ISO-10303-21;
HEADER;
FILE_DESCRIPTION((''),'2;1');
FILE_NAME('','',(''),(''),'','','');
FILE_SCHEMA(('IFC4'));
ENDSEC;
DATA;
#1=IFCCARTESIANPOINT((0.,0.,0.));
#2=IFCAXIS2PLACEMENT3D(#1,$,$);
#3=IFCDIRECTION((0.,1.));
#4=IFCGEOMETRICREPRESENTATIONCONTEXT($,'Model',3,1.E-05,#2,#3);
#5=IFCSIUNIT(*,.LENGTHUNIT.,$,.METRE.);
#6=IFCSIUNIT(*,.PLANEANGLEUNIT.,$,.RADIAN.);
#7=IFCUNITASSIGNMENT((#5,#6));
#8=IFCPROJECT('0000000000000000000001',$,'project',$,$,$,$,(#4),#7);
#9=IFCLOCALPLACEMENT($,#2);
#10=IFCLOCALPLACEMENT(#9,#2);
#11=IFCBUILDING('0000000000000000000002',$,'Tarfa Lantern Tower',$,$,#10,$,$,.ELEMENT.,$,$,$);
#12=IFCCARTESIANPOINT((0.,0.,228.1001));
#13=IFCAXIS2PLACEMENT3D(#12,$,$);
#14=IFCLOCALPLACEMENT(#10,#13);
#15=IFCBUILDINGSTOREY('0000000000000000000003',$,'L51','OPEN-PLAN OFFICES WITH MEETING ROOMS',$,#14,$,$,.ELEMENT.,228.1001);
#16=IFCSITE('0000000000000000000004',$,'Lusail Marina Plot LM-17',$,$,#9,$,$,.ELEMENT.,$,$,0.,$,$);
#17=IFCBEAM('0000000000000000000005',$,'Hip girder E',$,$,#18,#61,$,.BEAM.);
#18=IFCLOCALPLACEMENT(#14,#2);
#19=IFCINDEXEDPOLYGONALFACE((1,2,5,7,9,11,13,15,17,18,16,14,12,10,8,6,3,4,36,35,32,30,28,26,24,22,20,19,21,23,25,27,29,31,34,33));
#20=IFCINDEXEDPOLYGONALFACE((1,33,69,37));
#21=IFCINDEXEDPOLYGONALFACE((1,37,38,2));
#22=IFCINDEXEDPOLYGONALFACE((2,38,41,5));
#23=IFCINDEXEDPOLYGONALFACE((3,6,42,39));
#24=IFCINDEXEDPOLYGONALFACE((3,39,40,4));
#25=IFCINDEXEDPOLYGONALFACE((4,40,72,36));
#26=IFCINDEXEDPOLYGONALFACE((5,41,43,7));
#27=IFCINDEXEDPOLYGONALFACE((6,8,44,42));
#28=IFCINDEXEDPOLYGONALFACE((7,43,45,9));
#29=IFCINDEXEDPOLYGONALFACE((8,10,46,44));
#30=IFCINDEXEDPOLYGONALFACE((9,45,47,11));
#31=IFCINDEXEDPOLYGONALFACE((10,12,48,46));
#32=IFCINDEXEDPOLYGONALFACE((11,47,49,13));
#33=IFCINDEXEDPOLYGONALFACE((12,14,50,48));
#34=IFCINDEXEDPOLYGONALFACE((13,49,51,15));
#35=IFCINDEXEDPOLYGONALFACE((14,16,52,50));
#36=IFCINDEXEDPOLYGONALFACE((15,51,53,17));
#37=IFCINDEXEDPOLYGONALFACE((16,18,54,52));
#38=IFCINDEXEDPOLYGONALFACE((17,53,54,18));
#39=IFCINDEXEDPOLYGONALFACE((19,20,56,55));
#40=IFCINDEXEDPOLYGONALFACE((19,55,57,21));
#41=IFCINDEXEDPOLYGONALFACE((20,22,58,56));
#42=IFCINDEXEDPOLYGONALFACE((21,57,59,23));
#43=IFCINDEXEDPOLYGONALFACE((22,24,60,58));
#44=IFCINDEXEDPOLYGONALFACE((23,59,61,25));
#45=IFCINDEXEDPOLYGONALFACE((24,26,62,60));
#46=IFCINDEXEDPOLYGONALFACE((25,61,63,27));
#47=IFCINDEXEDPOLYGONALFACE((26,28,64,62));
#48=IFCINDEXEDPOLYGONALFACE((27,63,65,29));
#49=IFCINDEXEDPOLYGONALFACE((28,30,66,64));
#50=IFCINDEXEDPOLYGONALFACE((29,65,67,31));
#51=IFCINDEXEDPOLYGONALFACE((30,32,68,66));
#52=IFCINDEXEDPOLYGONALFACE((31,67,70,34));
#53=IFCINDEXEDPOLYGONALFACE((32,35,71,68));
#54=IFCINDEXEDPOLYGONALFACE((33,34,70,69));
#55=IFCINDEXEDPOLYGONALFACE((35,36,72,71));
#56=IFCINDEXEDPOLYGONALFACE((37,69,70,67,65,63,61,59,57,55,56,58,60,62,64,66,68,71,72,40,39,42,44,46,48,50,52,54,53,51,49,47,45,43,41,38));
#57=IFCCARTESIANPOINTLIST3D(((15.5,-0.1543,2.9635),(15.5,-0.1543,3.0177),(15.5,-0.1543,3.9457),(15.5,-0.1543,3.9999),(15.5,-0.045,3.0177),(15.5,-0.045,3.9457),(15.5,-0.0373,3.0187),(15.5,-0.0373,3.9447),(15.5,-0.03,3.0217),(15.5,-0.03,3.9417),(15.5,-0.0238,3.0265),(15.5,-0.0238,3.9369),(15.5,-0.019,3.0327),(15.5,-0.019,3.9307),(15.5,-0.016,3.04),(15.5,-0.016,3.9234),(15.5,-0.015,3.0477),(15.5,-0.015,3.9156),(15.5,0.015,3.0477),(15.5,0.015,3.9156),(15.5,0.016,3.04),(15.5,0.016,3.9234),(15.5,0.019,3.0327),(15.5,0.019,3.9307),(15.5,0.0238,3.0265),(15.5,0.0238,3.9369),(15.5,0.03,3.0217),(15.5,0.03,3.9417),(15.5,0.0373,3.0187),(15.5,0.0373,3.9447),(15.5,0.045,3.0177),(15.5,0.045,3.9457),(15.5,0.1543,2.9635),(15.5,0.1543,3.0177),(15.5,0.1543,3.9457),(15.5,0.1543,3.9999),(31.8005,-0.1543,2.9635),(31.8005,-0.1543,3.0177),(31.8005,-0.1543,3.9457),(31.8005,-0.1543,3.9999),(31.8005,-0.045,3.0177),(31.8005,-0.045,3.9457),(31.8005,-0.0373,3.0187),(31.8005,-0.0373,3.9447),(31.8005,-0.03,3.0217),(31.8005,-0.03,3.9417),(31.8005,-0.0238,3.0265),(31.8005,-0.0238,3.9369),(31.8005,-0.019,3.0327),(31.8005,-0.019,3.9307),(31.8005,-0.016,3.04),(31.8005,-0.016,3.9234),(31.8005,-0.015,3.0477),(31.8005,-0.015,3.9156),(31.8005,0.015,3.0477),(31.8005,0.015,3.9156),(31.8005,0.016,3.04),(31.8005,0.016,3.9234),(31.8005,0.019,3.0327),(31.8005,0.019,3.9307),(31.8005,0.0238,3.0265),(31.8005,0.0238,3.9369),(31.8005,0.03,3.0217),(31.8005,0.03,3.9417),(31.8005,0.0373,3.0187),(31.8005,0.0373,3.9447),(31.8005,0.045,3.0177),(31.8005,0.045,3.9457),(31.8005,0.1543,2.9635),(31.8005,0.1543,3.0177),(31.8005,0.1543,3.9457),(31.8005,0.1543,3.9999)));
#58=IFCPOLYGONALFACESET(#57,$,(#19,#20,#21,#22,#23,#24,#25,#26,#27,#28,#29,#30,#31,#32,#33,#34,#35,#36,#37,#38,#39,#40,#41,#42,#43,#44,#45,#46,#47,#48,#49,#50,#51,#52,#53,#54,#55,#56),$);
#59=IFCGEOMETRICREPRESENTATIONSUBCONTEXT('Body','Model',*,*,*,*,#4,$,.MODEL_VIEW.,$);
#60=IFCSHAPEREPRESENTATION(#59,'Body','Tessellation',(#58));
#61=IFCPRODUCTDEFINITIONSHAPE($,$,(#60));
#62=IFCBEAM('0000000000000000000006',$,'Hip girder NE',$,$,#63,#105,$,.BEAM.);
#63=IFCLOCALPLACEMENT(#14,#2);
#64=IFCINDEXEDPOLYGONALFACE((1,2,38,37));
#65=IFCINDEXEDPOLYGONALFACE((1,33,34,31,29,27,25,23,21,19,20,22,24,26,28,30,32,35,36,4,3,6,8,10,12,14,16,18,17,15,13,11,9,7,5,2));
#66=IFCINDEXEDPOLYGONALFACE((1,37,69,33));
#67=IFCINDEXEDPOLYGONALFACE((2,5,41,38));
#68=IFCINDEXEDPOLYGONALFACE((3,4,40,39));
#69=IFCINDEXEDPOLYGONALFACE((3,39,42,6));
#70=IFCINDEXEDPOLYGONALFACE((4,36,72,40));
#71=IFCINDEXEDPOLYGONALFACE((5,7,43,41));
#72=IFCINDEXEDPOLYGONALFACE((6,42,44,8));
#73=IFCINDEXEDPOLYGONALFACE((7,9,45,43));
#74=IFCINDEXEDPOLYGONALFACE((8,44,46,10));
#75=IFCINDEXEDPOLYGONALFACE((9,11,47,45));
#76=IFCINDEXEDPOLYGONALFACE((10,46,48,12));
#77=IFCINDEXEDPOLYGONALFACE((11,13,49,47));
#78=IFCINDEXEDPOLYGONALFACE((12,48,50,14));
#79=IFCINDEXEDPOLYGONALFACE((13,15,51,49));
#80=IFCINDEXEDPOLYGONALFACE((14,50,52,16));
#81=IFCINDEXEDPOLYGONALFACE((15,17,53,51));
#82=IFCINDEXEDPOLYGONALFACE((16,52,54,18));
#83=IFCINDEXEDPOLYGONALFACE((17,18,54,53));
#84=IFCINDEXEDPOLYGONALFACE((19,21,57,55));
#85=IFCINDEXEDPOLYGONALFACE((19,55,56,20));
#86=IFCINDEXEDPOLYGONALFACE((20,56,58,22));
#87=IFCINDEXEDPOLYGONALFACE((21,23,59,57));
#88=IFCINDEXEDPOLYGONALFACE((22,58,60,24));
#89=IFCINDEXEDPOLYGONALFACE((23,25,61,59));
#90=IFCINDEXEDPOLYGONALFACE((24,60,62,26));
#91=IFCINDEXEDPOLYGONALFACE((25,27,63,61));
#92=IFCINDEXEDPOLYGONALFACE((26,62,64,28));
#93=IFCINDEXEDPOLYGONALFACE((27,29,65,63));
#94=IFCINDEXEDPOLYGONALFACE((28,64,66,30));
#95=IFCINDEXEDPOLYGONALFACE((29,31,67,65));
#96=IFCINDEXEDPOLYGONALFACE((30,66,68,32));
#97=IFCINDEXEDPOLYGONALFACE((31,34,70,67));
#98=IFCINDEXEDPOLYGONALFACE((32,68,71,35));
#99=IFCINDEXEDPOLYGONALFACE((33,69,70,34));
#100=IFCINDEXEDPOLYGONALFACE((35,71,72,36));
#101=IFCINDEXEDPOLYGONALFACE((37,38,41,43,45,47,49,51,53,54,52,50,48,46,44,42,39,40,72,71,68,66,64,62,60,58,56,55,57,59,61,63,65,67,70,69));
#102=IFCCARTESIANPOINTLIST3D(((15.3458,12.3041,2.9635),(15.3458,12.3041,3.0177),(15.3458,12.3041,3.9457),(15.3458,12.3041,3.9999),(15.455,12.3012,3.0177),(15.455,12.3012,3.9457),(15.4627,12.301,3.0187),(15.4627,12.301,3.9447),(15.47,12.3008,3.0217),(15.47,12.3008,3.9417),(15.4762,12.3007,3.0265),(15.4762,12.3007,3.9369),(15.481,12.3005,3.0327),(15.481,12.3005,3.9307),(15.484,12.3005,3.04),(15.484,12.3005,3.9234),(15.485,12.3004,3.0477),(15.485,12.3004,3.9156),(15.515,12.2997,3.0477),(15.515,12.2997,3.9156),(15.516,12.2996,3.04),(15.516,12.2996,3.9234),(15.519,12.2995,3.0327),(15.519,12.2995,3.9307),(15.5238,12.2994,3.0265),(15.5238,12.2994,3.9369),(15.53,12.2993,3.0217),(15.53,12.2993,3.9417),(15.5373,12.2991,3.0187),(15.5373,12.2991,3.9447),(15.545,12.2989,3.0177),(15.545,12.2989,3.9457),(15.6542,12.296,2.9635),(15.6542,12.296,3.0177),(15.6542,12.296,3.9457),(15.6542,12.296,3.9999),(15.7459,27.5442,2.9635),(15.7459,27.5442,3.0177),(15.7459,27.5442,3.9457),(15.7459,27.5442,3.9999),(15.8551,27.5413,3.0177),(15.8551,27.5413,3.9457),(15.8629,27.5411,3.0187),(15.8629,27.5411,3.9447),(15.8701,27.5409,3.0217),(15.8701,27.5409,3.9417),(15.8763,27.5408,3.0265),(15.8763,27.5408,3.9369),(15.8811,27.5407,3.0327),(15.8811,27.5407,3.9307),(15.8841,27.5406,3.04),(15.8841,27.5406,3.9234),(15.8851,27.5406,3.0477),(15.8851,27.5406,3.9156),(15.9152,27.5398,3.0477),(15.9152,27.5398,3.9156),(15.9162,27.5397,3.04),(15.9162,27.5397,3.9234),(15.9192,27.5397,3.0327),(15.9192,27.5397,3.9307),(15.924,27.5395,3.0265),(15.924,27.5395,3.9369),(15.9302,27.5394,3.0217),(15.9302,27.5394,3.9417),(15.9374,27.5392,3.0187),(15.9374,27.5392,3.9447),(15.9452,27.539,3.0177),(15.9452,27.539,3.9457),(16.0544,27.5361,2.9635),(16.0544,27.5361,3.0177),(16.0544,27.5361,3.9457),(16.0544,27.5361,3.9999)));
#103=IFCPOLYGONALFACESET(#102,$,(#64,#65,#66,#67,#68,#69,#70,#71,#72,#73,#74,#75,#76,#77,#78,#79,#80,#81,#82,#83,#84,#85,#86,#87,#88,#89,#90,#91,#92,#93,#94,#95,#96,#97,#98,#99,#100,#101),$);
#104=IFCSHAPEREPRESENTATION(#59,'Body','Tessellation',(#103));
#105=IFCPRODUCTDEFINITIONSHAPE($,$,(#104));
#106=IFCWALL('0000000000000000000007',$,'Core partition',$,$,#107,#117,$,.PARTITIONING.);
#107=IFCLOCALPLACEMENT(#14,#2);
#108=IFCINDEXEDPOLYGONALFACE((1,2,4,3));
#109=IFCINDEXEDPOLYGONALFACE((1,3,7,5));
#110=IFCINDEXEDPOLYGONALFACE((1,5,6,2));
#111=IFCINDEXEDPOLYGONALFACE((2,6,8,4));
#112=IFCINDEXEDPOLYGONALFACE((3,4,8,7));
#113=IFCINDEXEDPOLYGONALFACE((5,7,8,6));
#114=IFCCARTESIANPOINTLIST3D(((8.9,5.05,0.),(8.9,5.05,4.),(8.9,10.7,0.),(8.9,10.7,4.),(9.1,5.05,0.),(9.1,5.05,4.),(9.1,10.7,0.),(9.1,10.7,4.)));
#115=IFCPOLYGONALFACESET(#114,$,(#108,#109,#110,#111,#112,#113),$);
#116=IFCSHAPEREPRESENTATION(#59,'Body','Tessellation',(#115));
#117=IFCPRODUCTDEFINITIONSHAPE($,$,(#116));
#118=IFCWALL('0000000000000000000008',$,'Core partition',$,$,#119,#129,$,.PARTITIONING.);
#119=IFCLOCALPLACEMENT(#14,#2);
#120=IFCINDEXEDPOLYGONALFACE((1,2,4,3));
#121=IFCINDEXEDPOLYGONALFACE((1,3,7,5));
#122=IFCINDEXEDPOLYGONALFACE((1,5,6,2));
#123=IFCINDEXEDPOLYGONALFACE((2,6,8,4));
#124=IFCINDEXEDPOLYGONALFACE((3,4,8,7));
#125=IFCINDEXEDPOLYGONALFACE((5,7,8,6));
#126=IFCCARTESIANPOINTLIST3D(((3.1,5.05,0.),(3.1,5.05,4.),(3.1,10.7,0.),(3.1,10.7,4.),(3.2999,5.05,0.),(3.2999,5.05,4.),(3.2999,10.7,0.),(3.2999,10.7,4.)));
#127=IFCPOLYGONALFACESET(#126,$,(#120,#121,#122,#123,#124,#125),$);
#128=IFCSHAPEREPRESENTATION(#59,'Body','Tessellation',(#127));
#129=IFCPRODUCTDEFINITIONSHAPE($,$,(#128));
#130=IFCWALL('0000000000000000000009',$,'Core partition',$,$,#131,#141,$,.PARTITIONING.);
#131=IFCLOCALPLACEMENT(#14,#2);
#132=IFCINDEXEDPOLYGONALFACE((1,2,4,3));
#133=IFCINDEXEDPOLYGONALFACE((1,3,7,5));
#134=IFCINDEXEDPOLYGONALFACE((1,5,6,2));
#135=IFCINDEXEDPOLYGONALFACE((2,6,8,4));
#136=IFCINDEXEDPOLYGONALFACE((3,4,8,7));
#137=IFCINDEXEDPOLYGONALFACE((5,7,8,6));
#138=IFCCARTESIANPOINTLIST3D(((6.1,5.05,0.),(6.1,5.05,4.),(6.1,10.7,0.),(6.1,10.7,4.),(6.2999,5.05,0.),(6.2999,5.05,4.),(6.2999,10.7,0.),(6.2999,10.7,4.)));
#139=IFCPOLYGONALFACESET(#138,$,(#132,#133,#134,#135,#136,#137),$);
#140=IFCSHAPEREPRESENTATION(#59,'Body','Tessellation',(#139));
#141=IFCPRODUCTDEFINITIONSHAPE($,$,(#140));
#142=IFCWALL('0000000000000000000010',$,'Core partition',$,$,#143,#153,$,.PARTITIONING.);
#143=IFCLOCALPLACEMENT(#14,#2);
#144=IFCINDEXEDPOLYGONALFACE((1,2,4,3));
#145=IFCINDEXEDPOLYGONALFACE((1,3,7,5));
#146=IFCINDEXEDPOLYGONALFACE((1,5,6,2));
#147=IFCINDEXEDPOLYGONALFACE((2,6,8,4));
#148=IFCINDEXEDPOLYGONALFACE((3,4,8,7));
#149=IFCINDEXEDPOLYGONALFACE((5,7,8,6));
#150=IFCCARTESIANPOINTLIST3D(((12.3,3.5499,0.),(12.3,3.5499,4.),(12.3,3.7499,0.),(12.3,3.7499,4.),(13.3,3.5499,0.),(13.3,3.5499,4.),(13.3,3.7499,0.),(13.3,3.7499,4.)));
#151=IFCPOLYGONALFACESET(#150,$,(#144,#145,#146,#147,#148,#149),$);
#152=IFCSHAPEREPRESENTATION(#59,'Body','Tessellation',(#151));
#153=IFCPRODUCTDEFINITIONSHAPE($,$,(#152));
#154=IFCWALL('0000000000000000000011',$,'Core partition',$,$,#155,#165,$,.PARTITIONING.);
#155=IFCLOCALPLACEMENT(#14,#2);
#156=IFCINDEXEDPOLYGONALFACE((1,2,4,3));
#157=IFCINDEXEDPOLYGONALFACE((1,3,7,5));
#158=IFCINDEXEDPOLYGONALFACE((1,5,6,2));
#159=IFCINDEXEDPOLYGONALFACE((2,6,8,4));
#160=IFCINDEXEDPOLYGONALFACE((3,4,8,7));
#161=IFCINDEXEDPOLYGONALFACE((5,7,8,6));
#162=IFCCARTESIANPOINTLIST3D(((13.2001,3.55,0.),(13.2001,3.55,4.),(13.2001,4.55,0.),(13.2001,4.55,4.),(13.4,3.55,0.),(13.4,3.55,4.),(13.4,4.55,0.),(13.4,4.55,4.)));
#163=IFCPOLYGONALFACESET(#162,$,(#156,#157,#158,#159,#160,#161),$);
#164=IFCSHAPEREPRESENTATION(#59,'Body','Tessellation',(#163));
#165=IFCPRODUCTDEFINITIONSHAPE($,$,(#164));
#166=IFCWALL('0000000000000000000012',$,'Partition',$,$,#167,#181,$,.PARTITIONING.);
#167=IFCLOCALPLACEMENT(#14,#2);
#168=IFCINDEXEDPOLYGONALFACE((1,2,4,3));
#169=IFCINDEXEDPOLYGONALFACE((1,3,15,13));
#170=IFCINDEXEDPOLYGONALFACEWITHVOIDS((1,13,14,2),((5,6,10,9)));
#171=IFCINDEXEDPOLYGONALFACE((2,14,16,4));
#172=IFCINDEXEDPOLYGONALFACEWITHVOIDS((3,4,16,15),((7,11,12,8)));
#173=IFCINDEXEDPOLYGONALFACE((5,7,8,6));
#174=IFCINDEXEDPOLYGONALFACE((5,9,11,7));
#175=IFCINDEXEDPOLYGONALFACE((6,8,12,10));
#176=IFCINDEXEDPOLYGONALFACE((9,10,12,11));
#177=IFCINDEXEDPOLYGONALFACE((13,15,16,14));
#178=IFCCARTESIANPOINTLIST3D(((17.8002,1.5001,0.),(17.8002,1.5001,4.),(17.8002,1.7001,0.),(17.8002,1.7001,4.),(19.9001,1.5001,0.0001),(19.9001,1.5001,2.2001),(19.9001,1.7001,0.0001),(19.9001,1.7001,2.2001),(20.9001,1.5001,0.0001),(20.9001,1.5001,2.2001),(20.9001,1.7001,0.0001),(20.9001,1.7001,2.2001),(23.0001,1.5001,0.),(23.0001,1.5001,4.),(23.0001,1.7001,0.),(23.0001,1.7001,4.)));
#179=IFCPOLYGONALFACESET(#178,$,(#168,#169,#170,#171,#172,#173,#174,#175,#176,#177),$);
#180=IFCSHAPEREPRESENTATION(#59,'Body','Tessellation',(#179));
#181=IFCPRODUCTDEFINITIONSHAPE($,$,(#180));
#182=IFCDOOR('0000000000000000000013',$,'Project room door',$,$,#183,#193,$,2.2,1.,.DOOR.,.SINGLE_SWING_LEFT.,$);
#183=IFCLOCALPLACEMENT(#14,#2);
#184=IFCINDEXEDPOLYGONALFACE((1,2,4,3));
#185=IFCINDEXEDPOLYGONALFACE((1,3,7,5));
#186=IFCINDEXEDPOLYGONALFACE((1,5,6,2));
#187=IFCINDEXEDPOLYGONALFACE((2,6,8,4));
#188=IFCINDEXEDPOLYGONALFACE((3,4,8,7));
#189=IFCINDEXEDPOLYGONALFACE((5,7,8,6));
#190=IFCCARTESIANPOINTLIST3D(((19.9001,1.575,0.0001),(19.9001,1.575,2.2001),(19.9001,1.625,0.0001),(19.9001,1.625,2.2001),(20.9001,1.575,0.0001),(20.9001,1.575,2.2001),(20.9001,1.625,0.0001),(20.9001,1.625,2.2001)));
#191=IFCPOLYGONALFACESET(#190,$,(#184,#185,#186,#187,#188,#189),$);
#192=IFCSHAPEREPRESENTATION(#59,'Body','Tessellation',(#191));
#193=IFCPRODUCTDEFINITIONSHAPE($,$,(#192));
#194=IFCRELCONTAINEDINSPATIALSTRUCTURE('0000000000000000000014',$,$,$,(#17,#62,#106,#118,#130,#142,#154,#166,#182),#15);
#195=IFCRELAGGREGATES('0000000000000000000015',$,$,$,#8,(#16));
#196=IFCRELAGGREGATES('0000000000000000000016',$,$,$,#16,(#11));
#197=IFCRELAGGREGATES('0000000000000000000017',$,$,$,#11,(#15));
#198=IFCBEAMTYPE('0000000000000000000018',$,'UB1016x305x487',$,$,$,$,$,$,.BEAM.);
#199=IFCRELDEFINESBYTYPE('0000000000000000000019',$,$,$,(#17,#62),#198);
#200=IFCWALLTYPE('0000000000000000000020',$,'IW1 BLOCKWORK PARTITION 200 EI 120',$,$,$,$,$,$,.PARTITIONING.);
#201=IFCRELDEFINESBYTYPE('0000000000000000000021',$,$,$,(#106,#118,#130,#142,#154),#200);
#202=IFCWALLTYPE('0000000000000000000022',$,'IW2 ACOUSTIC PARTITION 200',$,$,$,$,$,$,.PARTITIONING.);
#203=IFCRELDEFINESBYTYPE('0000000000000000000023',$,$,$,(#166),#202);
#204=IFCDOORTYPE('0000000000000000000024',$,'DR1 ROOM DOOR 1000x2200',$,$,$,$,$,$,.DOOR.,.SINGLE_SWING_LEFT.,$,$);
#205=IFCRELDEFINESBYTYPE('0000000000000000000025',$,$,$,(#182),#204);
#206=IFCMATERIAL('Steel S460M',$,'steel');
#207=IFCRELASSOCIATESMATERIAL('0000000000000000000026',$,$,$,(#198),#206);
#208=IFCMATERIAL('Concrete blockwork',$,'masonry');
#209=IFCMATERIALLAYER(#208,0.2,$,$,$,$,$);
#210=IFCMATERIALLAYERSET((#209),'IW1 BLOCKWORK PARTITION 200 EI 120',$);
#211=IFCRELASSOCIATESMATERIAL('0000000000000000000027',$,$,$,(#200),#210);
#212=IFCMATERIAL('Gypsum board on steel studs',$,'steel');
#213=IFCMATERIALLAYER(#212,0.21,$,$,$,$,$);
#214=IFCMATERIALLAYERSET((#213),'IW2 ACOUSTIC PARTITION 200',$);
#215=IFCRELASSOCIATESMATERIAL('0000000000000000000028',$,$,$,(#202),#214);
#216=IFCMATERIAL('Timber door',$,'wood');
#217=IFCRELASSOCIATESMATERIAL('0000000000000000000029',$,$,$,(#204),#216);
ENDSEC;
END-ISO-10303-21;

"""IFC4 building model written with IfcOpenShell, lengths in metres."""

from ifc_helpers import new_model, si_unit, direction, frame, frame_2d, origin, origin_2d, place, context, subcontext, project, spatial, rectangle, i_section, extrude, material, layer, layer_set, material_profile, profile_set, type_object, element, fill, save


model = new_model("IFC4")

# Units and contexts
model_context = context("Model", 3, precision=1e-05, world=origin(), true_north=direction((0.0, 1.0)))
body_context = subcontext(model_context, "Body", "Model", "MODEL_VIEW")
ifc_project = project(units=[si_unit("LENGTHUNIT", "METRE"), si_unit("PLANEANGLEUNIT", "RADIAN")], contexts=[model_context])

# Site, building, storey
site_placement = place(None, origin())
site = spatial("IfcSite", under=ifc_project, at=site_placement, Name="Lusail Marina Plot LM-17", CompositionType="ELEMENT", RefElevation=0.0)
building_placement = place(site_placement, origin())
building = spatial("IfcBuilding", under=site, at=building_placement, Name="Tarfa Lantern Tower", CompositionType="ELEMENT")
storey_placement = place(building_placement, frame((0.0, 0.0, 228.1001)))
storey = spatial("IfcBuildingStorey", under=building, at=storey_placement, Name="L51", Description="OPEN-PLAN OFFICES WITH MEETING ROOMS", CompositionType="ELEMENT", Elevation=228.1001)

# Beams
ifc_material_1 = material(Name="Steel S460M", Category="steel")
ifc_material_profile = material_profile(ifc_material_1, i_section(OverallWidth=0.3086, OverallDepth=1.0364, WebThickness=0.03, FlangeThickness=0.0542, FilletRadius=0.03, at=origin_2d()), Name="UB1016x305x487")
ifc_profile_set = profile_set([ifc_material_profile], Name="Steel S460M")
beam_type = type_object("IfcBeamType", Name="UB1016x305x487", PredefinedType="BEAM", material=ifc_profile_set)
beam_1_placement = place(storey_placement, frame((15.5, 0.0, 3.4817), z_axis=(1.0, 0.0, 0.0), x_axis=(0.0, 1.0, 0.0)))
element("IfcBeam", 1, at=beam_1_placement, inside=storey, type_object=beam_type, Name="Hip girder E", PredefinedType="BEAM", context=body_context, shape_type="SweptSolid", body=[
    extrude(i_section(OverallWidth=0.3086, OverallDepth=1.0364, WebThickness=0.03, FlangeThickness=0.0542, FilletRadius=0.03, at=origin_2d()), origin(), (0.0, 0.0, 1.0), 16.3005),
])
beam_2_placement = place(storey_placement, frame((15.5, 12.3, 3.4817), z_axis=(0.026247, 0.999655, 0.0), x_axis=(-0.999655, 0.026247, 0.0)))
element("IfcBeam", 2, at=beam_2_placement, inside=storey, type_object=beam_type, Name="Hip girder NE", PredefinedType="BEAM", context=body_context, shape_type="SweptSolid", body=[
    extrude(i_section(OverallWidth=0.3086, OverallDepth=1.0364, WebThickness=0.03, FlangeThickness=0.0542, FilletRadius=0.03, at=origin_2d()), origin(), (0.0, 0.0, 1.0), 15.2454),
])

# Walls
ifc_material_2 = material(Name="Concrete blockwork", Category="masonry")
ifc_layer_1 = layer(ifc_material_2, 0.2)
ifc_layer_set_1 = layer_set([ifc_layer_1], Name="IW1 BLOCKWORK PARTITION 200 EI 120")
wall_type_1 = type_object("IfcWallType", Name="IW1 BLOCKWORK PARTITION 200 EI 120", PredefinedType="PARTITIONING", material=ifc_layer_set_1)
for number, where, z_axis, x_axis, name in (
    (3, (9.0, 5.05, 0.0), (0.0, 0.0, 1.0), (0.0, 1.0, 0.0), "Core partition"),
    (4, (3.2, 5.05, 0.0), (0.0, 0.0, 1.0), (0.0, 1.0, 0.0), "Core partition"),
    (5, (6.2, 5.05, 0.0), (0.0, 0.0, 1.0), (0.0, 1.0, 0.0), "Core partition"),
):
    element("IfcWall", number, at=place(storey_placement, frame(where, z_axis=z_axis, x_axis=x_axis)), inside=storey, type_object=wall_type_1, Name=name, PredefinedType="PARTITIONING", context=body_context, shape_type="SweptSolid", body=[
        extrude(rectangle(XDim=5.6499, YDim=0.2, at=frame_2d((2.825, 0.0))), origin(), (0.0, 0.0, 1.0), 4.0),
    ])
for number, where, z_axis, x_axis, name in (
    (6, (12.3, 3.6499, 0.0), (0.0, 0.0, 1.0), (1.0, 0.0, 0.0), "Core partition"),
    (7, (13.3, 3.55, 0.0), (0.0, 0.0, 1.0), (0.0, 1.0, 0.0), "Core partition"),
):
    element("IfcWall", number, at=place(storey_placement, frame(where, z_axis=z_axis, x_axis=x_axis)), inside=storey, type_object=wall_type_1, Name=name, PredefinedType="PARTITIONING", context=body_context, shape_type="SweptSolid", body=[
        extrude(rectangle(XDim=1.0, YDim=0.2, at=frame_2d((0.5, 0.0))), origin(), (0.0, 0.0, 1.0), 4.0),
    ])

# Wall, opening, door
ifc_material_3 = material(Name="Gypsum board on steel studs", Category="steel")
ifc_layer_2 = layer(ifc_material_3, 0.21)
ifc_layer_set_2 = layer_set([ifc_layer_2], Name="IW2 ACOUSTIC PARTITION 200")
wall_type_2 = type_object("IfcWallType", Name="IW2 ACOUSTIC PARTITION 200", PredefinedType="PARTITIONING", material=ifc_layer_set_2)
wall_1_placement = place(storey_placement, frame((17.8, 1.6001, 0.0), z_axis=(0.0, 0.0, 1.0), x_axis=(1.0, 0.0, 0.0)))
wall_1 = element("IfcWall", 8, at=wall_1_placement, inside=storey, type_object=wall_type_2, Name="Partition", PredefinedType="PARTITIONING", context=body_context, shape_type="SweptSolid", body=[
    extrude(rectangle(XDim=5.2, YDim=0.2, at=frame_2d((2.6001, 0.0))), origin(), (0.0, 0.0, 1.0), 4.0),
])
opening_1_placement = place(wall_1_placement, frame((2.1001, 0.0, 0.0)))
opening_1 = element("IfcOpeningElement", 9, at=opening_1_placement, cuts=wall_1, PredefinedType="OPENING", context=body_context, shape_type="SweptSolid", body=[
    extrude(rectangle(XDim=1.0, YDim=2.2, at=frame_2d((0.5, 1.1001))), frame((0.0, 0.1099, 0.0), z_axis=(0.0, -1.0, 0.0), x_axis=(1.0, 0.0, 0.0)), (0.0, 0.0, 1.0), 0.22),
])
ifc_material_4 = material(Name="Timber door", Category="wood")
door_type_1 = type_object("IfcDoorType", Name="DR1 ROOM DOOR 1000x2200", OperationType="SINGLE_SWING_LEFT", PredefinedType="DOOR", material=ifc_material_4)
door_1_placement = place(opening_1_placement, origin())
door_1 = element("IfcDoor", 10, at=door_1_placement, inside=storey, type_object=door_type_1, Name="Project room door", OperationType="SINGLE_SWING_LEFT", OverallHeight=2.2, OverallWidth=1.0, PredefinedType="DOOR", context=body_context, shape_type="SweptSolid", body=[
    extrude(rectangle(XDim=1.0, YDim=2.2, at=frame_2d((0.5, 1.1001))), frame((0.0, 0.0249, 0.0), z_axis=(0.0, -1.0, 0.0), x_axis=(1.0, 0.0, 0.0)), (0.0, 0.0, 1.0), 0.05),
])
fill(opening_1, door_1)

save(model, "model.ifc")
